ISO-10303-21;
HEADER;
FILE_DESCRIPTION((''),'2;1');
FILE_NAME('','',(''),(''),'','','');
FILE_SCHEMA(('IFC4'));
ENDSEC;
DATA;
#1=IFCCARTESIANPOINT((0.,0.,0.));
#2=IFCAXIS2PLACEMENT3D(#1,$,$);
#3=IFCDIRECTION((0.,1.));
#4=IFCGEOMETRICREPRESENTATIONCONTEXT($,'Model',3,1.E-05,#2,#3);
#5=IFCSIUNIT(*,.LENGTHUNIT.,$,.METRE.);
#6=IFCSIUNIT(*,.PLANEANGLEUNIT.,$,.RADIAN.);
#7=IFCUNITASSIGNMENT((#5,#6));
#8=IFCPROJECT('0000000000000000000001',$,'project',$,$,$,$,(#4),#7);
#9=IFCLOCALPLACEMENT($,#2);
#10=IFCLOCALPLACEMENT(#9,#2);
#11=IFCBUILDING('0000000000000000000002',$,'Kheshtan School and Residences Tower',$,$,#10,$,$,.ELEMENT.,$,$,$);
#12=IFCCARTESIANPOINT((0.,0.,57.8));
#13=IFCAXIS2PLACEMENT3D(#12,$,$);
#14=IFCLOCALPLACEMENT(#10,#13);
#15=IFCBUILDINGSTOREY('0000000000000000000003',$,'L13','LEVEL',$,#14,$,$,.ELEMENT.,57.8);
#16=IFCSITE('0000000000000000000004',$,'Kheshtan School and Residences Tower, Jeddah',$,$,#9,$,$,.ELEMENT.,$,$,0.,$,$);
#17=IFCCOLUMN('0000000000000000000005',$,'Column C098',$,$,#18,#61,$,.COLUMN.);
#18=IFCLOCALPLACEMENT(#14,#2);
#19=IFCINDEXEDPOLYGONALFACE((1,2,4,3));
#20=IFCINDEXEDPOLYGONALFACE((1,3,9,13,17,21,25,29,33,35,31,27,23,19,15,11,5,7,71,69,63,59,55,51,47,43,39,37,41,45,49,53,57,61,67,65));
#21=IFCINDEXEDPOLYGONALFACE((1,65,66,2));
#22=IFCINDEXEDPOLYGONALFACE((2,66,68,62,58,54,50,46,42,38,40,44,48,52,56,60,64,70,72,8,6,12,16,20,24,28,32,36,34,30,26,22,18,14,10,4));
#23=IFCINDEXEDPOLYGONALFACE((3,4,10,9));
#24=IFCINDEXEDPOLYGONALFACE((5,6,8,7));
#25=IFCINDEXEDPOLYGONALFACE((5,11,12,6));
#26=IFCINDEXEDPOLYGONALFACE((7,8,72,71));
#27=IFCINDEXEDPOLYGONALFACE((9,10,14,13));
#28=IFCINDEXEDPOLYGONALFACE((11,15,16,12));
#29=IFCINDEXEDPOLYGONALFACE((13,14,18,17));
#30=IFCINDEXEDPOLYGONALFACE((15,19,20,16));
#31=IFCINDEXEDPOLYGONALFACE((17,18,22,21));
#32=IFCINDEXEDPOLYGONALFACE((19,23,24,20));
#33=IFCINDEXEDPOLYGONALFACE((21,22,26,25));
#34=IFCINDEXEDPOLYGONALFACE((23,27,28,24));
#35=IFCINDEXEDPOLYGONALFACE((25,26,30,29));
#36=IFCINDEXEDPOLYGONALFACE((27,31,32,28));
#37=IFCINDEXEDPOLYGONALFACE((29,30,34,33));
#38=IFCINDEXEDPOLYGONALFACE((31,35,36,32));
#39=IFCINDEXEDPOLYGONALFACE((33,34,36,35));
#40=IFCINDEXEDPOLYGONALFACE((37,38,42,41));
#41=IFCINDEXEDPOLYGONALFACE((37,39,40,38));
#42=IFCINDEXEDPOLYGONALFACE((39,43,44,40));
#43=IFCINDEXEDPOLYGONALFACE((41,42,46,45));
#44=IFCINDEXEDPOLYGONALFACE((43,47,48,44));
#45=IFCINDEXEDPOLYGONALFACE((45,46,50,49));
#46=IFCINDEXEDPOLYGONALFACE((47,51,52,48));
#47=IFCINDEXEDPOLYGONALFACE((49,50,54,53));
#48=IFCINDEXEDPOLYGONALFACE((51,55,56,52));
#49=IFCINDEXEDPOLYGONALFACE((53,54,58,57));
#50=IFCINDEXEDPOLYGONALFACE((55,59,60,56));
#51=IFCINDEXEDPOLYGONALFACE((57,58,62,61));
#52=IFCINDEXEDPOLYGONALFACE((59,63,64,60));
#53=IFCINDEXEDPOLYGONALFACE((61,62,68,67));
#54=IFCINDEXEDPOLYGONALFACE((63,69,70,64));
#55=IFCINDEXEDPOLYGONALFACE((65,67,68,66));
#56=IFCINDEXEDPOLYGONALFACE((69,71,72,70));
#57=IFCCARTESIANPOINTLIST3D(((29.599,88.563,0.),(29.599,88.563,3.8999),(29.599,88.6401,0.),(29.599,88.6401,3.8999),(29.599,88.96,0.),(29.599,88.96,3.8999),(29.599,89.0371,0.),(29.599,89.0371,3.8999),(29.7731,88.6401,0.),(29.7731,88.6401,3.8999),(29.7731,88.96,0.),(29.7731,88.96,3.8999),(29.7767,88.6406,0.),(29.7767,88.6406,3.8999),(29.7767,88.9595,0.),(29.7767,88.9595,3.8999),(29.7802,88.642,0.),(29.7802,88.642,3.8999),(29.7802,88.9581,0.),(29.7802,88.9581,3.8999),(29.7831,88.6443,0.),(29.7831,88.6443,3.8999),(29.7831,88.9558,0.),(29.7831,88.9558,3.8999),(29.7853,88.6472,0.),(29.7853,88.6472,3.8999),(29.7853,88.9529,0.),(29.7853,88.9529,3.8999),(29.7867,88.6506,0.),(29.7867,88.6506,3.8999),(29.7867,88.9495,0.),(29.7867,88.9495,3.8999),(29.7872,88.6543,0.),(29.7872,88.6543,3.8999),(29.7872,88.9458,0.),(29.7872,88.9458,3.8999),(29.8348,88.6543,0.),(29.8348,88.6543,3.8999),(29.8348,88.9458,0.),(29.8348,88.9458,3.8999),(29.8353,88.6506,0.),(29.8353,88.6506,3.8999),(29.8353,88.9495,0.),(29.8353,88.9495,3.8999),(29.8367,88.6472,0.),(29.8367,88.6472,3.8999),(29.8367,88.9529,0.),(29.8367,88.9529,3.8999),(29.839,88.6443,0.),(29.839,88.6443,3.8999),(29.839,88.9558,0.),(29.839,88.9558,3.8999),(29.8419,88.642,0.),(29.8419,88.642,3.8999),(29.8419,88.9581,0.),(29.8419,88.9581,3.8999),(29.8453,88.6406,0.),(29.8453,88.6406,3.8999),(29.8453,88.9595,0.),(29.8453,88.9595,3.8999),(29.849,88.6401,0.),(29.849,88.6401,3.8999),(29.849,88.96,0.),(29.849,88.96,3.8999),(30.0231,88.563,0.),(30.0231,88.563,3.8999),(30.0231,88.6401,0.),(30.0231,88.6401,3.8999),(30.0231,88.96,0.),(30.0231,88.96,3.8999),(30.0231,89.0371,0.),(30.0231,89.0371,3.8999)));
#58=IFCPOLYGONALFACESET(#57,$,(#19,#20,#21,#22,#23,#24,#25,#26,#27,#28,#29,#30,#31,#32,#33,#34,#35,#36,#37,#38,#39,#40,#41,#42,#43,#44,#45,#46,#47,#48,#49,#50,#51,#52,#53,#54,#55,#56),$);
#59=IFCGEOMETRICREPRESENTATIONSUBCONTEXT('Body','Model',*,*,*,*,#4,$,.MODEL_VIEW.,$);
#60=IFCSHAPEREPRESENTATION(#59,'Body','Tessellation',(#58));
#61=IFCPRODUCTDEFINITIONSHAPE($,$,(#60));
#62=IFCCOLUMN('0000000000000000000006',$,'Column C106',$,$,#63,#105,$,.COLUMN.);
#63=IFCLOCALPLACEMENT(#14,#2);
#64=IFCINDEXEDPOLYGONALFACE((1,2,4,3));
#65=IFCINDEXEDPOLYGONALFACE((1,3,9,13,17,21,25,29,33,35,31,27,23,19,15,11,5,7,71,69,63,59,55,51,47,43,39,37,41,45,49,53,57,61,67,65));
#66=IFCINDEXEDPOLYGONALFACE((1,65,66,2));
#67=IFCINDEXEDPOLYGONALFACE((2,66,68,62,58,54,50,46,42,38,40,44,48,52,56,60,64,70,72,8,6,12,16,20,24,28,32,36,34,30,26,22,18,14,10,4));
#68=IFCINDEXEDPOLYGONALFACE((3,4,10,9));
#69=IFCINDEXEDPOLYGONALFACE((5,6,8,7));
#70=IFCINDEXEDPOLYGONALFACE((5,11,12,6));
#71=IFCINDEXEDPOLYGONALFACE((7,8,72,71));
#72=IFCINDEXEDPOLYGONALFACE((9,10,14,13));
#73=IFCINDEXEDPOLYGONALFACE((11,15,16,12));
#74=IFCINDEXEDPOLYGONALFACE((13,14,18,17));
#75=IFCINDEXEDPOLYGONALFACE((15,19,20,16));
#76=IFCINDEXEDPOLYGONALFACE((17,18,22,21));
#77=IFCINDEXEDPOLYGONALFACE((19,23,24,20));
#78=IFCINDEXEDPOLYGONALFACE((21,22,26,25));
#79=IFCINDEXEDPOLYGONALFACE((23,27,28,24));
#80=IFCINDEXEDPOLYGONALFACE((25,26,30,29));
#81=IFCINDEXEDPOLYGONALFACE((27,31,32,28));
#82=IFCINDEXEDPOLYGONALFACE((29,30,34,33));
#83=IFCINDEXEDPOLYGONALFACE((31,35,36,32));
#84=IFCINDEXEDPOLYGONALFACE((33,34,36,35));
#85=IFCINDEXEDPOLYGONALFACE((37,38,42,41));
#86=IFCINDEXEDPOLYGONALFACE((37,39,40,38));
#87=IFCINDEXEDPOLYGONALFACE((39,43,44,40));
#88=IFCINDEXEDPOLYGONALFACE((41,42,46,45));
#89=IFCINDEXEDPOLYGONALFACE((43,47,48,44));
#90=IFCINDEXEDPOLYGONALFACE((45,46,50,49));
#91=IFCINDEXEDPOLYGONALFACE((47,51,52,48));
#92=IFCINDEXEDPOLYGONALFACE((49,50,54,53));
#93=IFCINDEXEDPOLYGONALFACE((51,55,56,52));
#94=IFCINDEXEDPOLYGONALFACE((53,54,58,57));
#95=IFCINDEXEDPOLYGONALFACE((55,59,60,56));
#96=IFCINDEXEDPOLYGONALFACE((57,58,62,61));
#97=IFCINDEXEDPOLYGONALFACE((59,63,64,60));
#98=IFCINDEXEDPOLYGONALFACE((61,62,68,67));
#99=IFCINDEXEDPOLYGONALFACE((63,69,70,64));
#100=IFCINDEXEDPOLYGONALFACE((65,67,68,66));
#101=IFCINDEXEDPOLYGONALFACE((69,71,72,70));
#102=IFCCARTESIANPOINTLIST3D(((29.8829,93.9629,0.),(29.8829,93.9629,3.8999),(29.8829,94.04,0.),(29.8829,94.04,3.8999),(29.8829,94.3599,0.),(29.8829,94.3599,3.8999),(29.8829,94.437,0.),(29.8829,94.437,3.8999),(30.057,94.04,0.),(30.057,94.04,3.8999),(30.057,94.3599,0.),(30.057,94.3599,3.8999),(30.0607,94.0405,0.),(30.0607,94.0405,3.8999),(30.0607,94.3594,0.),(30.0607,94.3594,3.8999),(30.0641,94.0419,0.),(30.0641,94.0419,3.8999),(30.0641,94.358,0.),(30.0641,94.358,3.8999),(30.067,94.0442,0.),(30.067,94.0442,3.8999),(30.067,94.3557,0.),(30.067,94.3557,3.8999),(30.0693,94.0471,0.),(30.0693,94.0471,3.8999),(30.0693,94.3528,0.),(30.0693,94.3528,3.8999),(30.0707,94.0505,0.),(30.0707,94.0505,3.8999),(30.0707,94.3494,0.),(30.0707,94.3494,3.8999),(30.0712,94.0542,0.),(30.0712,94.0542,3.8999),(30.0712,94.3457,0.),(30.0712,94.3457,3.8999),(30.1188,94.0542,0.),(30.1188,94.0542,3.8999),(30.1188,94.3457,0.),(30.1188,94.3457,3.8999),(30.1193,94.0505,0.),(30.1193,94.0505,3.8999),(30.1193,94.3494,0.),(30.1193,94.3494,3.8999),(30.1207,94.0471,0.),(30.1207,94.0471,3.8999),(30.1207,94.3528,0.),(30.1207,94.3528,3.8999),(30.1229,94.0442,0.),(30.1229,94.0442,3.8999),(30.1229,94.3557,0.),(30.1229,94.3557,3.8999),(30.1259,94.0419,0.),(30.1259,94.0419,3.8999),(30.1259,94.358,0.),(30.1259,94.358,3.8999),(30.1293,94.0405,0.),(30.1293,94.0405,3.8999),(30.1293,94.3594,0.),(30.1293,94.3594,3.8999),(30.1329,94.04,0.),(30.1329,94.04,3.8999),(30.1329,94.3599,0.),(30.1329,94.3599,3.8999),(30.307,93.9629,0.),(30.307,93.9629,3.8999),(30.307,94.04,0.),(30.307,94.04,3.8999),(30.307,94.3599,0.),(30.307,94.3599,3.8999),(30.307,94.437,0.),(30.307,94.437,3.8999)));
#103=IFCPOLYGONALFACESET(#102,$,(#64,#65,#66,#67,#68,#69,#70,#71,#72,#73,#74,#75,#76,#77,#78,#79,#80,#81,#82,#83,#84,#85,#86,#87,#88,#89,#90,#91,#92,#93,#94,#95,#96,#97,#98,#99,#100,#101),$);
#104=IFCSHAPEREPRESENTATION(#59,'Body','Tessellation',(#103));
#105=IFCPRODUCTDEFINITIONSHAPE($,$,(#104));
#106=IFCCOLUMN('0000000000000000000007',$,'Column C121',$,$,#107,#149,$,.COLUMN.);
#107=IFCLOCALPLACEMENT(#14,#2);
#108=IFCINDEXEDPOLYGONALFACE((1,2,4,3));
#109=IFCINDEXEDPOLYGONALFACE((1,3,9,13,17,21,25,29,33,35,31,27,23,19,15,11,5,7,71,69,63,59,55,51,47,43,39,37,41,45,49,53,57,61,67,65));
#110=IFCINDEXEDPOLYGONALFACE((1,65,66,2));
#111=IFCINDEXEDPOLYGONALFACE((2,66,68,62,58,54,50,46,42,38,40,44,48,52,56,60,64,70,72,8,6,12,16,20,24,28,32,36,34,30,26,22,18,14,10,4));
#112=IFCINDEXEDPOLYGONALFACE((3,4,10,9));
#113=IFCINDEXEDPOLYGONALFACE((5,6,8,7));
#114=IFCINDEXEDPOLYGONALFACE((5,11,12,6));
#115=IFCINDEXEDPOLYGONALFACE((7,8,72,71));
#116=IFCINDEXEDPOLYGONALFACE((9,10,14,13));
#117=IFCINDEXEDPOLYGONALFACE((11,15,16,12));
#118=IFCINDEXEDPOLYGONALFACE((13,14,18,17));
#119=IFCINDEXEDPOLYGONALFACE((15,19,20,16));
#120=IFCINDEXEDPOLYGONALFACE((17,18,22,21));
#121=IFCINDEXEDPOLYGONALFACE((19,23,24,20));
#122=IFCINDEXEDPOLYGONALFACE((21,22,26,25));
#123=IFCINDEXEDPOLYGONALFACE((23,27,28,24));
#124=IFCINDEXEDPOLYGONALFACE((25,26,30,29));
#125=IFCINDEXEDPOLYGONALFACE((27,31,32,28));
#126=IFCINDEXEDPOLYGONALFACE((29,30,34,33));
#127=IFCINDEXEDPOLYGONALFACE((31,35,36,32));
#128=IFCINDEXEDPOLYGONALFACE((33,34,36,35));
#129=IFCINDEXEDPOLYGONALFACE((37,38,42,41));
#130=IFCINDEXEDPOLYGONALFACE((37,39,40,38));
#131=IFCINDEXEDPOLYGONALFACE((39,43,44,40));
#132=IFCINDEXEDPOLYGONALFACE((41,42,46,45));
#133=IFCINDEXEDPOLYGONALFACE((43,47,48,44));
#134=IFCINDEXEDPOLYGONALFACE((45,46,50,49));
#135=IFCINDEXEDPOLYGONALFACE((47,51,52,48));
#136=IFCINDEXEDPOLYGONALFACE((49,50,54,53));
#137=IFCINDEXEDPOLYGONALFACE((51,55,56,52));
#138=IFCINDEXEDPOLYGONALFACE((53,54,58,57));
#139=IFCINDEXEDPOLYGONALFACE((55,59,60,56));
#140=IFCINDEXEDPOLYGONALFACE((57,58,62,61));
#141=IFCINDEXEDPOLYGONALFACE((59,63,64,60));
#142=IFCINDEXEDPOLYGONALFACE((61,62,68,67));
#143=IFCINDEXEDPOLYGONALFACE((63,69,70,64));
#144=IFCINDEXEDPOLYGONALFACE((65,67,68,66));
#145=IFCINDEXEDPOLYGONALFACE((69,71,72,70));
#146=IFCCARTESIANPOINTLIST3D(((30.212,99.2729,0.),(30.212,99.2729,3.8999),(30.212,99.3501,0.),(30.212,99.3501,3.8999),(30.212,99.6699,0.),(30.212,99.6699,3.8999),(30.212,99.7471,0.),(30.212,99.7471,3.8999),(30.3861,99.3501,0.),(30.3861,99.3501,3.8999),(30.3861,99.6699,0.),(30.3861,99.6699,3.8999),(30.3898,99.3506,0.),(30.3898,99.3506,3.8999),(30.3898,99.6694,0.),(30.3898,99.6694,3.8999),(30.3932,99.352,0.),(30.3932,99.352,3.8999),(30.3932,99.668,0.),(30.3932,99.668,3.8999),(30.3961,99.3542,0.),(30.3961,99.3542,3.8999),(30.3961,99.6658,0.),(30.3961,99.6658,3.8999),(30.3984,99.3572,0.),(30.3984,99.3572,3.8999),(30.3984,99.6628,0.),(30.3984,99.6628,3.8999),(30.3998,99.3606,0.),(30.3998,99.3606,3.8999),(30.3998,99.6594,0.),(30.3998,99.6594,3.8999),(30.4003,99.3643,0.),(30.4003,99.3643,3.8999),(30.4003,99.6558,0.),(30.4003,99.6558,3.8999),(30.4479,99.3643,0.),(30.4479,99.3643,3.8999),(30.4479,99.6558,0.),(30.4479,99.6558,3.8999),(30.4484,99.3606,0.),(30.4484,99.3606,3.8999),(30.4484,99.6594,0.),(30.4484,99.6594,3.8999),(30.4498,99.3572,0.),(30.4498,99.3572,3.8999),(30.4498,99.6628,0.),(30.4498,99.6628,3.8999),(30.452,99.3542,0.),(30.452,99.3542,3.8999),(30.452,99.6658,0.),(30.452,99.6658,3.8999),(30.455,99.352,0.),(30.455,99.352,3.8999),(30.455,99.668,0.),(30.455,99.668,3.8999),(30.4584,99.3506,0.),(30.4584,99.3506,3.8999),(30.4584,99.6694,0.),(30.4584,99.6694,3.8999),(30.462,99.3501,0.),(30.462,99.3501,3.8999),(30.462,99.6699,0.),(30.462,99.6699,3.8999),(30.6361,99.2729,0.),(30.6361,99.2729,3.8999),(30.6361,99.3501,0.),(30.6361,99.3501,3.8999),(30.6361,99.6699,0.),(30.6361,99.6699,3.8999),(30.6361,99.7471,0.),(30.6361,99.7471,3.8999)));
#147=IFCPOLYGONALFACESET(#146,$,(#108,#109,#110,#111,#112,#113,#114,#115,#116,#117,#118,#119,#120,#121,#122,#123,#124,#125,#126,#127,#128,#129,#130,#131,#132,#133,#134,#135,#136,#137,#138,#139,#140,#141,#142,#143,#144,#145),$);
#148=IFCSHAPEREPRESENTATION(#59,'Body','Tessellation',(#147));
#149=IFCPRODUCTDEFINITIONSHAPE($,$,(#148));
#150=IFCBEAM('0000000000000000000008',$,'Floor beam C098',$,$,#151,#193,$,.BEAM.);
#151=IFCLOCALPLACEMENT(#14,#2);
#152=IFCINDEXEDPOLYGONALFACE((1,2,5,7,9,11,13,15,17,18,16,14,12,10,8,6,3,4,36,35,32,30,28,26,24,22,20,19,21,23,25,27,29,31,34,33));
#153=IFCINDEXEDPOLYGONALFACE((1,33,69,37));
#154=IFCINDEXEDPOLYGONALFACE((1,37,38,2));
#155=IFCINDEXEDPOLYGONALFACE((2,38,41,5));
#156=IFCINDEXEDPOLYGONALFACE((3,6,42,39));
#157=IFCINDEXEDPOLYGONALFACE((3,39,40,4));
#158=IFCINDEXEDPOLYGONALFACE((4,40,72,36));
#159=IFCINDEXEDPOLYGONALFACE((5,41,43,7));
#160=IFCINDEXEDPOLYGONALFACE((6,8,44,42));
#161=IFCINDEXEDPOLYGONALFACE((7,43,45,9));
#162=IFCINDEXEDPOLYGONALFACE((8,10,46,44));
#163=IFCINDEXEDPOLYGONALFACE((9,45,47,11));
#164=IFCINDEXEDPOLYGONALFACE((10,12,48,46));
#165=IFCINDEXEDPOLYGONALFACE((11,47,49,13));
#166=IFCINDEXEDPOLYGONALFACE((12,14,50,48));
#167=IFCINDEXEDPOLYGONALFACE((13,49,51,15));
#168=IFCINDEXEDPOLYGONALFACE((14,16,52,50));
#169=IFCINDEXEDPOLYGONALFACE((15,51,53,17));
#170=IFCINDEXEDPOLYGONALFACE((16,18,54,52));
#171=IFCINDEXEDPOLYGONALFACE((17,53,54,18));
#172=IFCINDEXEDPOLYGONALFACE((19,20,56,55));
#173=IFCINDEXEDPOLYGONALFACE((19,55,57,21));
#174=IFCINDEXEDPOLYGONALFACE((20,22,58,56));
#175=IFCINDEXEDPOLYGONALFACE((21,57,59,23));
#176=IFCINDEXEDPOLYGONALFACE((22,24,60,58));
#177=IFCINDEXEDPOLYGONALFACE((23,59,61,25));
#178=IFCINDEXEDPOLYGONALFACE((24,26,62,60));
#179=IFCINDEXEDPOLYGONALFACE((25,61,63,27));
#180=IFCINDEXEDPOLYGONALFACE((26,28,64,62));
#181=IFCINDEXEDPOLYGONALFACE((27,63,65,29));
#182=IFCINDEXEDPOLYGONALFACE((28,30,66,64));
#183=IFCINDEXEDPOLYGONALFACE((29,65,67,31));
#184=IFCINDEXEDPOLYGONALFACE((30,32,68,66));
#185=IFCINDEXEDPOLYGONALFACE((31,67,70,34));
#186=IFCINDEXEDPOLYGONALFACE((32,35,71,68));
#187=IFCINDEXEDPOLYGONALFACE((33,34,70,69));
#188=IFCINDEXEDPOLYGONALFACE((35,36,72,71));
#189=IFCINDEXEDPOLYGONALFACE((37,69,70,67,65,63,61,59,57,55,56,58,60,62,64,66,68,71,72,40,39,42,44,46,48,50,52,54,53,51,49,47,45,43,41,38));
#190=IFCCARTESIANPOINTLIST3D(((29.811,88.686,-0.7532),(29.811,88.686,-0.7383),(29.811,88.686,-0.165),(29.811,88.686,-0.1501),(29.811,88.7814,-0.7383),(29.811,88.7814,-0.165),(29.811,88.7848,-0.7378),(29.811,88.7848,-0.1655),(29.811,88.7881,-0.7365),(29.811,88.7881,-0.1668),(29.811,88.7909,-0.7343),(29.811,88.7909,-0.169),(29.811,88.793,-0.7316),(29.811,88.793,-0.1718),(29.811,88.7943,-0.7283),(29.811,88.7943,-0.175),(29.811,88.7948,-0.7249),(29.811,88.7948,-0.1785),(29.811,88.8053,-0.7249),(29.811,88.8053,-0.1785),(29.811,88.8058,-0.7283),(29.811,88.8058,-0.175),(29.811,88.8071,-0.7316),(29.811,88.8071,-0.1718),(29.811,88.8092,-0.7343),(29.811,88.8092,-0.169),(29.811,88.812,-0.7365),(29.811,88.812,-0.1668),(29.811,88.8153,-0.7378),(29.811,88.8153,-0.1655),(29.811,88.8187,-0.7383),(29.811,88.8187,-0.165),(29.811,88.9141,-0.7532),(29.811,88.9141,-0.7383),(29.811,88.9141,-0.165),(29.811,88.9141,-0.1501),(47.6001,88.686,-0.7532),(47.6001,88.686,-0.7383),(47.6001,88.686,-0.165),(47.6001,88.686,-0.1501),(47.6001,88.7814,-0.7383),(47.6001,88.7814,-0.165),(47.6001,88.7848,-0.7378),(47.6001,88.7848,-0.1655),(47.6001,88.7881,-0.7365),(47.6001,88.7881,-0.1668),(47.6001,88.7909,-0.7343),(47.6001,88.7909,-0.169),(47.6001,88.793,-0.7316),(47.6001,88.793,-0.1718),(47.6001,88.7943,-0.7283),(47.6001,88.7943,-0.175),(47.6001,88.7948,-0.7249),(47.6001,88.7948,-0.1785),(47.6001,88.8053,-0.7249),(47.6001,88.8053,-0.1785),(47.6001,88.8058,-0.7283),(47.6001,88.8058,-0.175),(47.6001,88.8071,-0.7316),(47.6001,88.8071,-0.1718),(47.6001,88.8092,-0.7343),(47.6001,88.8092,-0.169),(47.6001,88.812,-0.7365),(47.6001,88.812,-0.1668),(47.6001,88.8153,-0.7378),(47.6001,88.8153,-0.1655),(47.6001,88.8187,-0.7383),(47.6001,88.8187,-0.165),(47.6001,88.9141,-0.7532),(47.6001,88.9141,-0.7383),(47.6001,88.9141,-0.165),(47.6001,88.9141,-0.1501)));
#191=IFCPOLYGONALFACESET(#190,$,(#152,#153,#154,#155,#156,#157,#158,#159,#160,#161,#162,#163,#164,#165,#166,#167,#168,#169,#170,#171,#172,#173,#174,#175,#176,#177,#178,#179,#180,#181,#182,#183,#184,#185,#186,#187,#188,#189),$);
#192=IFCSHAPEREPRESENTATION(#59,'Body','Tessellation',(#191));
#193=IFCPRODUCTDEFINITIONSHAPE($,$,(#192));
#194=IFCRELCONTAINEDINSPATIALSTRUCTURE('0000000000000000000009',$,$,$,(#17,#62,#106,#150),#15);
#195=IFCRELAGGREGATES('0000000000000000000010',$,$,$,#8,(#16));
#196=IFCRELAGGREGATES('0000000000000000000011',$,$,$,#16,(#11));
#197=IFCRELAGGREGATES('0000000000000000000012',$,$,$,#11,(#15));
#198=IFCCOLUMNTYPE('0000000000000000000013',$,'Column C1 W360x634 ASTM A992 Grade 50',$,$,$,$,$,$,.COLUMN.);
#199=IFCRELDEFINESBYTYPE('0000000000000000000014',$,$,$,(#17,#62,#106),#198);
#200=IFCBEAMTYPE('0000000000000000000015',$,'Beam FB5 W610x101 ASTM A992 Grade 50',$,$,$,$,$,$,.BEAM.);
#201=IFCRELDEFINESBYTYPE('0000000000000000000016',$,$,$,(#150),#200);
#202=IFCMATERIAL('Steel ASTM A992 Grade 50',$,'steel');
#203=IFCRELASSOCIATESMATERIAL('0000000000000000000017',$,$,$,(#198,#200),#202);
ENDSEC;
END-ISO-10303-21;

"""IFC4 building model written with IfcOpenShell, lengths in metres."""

from ifc_helpers import new_model, si_unit, direction, frame, origin, origin_2d, place, context, subcontext, project, spatial, i_section, extrude, material, material_profile, profile_set, type_object, element, save


model = new_model("IFC4")

# Units and contexts
model_context = context("Model", 3, precision=1e-05, world=origin(), true_north=direction((0.0, 1.0)))
body_context = subcontext(model_context, "Body", "Model", "MODEL_VIEW")
ifc_project = project(units=[si_unit("LENGTHUNIT", "METRE"), si_unit("PLANEANGLEUNIT", "RADIAN")], contexts=[model_context])

# Site, building, storey
site_placement = place(None, origin())
site = spatial("IfcSite", under=ifc_project, at=site_placement, Name="Kheshtan School and Residences Tower, Jeddah", CompositionType="ELEMENT", RefElevation=0.0)
building_placement = place(site_placement, origin())
building = spatial("IfcBuilding", under=site, at=building_placement, Name="Kheshtan School and Residences Tower", CompositionType="ELEMENT")
storey_placement = place(building_placement, frame((0.0, 0.0, 57.8)))
storey = spatial("IfcBuildingStorey", under=building, at=storey_placement, Name="L13", Description="LEVEL", CompositionType="ELEMENT", Elevation=57.8)

# Columns
ifc_material_1 = material(Name="Steel ASTM A992 Grade 50", Category="steel")
ifc_material_profile_1 = material_profile(ifc_material_1, i_section(OverallWidth=0.4241, OverallDepth=0.4741, WebThickness=0.0476, FlangeThickness=0.0771, FilletRadius=0.0142, at=origin_2d()), Name="W360x634")
ifc_profile_set_1 = profile_set([ifc_material_profile_1], Name="Steel ASTM A992 Grade 50")
column_type = type_object("IfcColumnType", Name="Column C1 W360x634 ASTM A992 Grade 50", PredefinedType="COLUMN", material=ifc_profile_set_1)
for number, where, z_axis, x_axis, name in (
    (1, (29.811, 88.8, 0.0), (0.0, 0.0, 1.0), (1.0, 0.0, 0.0), "Column C098"),
    (2, (30.095, 94.2, 0.0), (0.0, 0.0, 1.0), (1.0, 0.0, 0.0), "Column C106"),
    (3, (30.4241, 99.51, 0.0), (0.0, 0.0, 1.0), (1.0, 0.0, 0.0), "Column C121"),
):
    element("IfcColumn", number, at=place(storey_placement, frame(where, z_axis=z_axis, x_axis=x_axis)), inside=storey, type_object=column_type, Name=name, PredefinedType="COLUMN", context=body_context, shape_type="SweptSolid", body=[
        extrude(i_section(OverallWidth=0.4241, OverallDepth=0.4741, WebThickness=0.0476, FlangeThickness=0.0771, FilletRadius=0.0142, at=origin_2d()), origin(), (0.0, 0.0, 1.0), 3.8999),
    ])

# Beam
ifc_material_profile_2 = material_profile(ifc_material_1, i_section(OverallWidth=0.228, OverallDepth=0.603, WebThickness=0.0105, FlangeThickness=0.0149, FilletRadius=0.0134, at=origin_2d()), Name="W610x101")
ifc_profile_set_2 = profile_set([ifc_material_profile_2], Name="Steel ASTM A992 Grade 50")
beam_type_1 = type_object("IfcBeamType", Name="Beam FB5 W610x101 ASTM A992 Grade 50", PredefinedType="BEAM", material=ifc_profile_set_2)
beam_1_placement = place(storey_placement, frame((29.811, 88.8, -0.4517), z_axis=(1.0, 0.0, 0.0), x_axis=(0.0, 1.0, 0.0)))
element("IfcBeam", 4, at=beam_1_placement, inside=storey, type_object=beam_type_1, Name="Floor beam C098", PredefinedType="BEAM", context=body_context, shape_type="SweptSolid", body=[
    extrude(i_section(OverallWidth=0.228, OverallDepth=0.603, WebThickness=0.0105, FlangeThickness=0.0149, FilletRadius=0.0134, at=origin_2d()), origin(), (0.0, 0.0, 1.0), 17.7891),
])

save(model, "model.ifc")
